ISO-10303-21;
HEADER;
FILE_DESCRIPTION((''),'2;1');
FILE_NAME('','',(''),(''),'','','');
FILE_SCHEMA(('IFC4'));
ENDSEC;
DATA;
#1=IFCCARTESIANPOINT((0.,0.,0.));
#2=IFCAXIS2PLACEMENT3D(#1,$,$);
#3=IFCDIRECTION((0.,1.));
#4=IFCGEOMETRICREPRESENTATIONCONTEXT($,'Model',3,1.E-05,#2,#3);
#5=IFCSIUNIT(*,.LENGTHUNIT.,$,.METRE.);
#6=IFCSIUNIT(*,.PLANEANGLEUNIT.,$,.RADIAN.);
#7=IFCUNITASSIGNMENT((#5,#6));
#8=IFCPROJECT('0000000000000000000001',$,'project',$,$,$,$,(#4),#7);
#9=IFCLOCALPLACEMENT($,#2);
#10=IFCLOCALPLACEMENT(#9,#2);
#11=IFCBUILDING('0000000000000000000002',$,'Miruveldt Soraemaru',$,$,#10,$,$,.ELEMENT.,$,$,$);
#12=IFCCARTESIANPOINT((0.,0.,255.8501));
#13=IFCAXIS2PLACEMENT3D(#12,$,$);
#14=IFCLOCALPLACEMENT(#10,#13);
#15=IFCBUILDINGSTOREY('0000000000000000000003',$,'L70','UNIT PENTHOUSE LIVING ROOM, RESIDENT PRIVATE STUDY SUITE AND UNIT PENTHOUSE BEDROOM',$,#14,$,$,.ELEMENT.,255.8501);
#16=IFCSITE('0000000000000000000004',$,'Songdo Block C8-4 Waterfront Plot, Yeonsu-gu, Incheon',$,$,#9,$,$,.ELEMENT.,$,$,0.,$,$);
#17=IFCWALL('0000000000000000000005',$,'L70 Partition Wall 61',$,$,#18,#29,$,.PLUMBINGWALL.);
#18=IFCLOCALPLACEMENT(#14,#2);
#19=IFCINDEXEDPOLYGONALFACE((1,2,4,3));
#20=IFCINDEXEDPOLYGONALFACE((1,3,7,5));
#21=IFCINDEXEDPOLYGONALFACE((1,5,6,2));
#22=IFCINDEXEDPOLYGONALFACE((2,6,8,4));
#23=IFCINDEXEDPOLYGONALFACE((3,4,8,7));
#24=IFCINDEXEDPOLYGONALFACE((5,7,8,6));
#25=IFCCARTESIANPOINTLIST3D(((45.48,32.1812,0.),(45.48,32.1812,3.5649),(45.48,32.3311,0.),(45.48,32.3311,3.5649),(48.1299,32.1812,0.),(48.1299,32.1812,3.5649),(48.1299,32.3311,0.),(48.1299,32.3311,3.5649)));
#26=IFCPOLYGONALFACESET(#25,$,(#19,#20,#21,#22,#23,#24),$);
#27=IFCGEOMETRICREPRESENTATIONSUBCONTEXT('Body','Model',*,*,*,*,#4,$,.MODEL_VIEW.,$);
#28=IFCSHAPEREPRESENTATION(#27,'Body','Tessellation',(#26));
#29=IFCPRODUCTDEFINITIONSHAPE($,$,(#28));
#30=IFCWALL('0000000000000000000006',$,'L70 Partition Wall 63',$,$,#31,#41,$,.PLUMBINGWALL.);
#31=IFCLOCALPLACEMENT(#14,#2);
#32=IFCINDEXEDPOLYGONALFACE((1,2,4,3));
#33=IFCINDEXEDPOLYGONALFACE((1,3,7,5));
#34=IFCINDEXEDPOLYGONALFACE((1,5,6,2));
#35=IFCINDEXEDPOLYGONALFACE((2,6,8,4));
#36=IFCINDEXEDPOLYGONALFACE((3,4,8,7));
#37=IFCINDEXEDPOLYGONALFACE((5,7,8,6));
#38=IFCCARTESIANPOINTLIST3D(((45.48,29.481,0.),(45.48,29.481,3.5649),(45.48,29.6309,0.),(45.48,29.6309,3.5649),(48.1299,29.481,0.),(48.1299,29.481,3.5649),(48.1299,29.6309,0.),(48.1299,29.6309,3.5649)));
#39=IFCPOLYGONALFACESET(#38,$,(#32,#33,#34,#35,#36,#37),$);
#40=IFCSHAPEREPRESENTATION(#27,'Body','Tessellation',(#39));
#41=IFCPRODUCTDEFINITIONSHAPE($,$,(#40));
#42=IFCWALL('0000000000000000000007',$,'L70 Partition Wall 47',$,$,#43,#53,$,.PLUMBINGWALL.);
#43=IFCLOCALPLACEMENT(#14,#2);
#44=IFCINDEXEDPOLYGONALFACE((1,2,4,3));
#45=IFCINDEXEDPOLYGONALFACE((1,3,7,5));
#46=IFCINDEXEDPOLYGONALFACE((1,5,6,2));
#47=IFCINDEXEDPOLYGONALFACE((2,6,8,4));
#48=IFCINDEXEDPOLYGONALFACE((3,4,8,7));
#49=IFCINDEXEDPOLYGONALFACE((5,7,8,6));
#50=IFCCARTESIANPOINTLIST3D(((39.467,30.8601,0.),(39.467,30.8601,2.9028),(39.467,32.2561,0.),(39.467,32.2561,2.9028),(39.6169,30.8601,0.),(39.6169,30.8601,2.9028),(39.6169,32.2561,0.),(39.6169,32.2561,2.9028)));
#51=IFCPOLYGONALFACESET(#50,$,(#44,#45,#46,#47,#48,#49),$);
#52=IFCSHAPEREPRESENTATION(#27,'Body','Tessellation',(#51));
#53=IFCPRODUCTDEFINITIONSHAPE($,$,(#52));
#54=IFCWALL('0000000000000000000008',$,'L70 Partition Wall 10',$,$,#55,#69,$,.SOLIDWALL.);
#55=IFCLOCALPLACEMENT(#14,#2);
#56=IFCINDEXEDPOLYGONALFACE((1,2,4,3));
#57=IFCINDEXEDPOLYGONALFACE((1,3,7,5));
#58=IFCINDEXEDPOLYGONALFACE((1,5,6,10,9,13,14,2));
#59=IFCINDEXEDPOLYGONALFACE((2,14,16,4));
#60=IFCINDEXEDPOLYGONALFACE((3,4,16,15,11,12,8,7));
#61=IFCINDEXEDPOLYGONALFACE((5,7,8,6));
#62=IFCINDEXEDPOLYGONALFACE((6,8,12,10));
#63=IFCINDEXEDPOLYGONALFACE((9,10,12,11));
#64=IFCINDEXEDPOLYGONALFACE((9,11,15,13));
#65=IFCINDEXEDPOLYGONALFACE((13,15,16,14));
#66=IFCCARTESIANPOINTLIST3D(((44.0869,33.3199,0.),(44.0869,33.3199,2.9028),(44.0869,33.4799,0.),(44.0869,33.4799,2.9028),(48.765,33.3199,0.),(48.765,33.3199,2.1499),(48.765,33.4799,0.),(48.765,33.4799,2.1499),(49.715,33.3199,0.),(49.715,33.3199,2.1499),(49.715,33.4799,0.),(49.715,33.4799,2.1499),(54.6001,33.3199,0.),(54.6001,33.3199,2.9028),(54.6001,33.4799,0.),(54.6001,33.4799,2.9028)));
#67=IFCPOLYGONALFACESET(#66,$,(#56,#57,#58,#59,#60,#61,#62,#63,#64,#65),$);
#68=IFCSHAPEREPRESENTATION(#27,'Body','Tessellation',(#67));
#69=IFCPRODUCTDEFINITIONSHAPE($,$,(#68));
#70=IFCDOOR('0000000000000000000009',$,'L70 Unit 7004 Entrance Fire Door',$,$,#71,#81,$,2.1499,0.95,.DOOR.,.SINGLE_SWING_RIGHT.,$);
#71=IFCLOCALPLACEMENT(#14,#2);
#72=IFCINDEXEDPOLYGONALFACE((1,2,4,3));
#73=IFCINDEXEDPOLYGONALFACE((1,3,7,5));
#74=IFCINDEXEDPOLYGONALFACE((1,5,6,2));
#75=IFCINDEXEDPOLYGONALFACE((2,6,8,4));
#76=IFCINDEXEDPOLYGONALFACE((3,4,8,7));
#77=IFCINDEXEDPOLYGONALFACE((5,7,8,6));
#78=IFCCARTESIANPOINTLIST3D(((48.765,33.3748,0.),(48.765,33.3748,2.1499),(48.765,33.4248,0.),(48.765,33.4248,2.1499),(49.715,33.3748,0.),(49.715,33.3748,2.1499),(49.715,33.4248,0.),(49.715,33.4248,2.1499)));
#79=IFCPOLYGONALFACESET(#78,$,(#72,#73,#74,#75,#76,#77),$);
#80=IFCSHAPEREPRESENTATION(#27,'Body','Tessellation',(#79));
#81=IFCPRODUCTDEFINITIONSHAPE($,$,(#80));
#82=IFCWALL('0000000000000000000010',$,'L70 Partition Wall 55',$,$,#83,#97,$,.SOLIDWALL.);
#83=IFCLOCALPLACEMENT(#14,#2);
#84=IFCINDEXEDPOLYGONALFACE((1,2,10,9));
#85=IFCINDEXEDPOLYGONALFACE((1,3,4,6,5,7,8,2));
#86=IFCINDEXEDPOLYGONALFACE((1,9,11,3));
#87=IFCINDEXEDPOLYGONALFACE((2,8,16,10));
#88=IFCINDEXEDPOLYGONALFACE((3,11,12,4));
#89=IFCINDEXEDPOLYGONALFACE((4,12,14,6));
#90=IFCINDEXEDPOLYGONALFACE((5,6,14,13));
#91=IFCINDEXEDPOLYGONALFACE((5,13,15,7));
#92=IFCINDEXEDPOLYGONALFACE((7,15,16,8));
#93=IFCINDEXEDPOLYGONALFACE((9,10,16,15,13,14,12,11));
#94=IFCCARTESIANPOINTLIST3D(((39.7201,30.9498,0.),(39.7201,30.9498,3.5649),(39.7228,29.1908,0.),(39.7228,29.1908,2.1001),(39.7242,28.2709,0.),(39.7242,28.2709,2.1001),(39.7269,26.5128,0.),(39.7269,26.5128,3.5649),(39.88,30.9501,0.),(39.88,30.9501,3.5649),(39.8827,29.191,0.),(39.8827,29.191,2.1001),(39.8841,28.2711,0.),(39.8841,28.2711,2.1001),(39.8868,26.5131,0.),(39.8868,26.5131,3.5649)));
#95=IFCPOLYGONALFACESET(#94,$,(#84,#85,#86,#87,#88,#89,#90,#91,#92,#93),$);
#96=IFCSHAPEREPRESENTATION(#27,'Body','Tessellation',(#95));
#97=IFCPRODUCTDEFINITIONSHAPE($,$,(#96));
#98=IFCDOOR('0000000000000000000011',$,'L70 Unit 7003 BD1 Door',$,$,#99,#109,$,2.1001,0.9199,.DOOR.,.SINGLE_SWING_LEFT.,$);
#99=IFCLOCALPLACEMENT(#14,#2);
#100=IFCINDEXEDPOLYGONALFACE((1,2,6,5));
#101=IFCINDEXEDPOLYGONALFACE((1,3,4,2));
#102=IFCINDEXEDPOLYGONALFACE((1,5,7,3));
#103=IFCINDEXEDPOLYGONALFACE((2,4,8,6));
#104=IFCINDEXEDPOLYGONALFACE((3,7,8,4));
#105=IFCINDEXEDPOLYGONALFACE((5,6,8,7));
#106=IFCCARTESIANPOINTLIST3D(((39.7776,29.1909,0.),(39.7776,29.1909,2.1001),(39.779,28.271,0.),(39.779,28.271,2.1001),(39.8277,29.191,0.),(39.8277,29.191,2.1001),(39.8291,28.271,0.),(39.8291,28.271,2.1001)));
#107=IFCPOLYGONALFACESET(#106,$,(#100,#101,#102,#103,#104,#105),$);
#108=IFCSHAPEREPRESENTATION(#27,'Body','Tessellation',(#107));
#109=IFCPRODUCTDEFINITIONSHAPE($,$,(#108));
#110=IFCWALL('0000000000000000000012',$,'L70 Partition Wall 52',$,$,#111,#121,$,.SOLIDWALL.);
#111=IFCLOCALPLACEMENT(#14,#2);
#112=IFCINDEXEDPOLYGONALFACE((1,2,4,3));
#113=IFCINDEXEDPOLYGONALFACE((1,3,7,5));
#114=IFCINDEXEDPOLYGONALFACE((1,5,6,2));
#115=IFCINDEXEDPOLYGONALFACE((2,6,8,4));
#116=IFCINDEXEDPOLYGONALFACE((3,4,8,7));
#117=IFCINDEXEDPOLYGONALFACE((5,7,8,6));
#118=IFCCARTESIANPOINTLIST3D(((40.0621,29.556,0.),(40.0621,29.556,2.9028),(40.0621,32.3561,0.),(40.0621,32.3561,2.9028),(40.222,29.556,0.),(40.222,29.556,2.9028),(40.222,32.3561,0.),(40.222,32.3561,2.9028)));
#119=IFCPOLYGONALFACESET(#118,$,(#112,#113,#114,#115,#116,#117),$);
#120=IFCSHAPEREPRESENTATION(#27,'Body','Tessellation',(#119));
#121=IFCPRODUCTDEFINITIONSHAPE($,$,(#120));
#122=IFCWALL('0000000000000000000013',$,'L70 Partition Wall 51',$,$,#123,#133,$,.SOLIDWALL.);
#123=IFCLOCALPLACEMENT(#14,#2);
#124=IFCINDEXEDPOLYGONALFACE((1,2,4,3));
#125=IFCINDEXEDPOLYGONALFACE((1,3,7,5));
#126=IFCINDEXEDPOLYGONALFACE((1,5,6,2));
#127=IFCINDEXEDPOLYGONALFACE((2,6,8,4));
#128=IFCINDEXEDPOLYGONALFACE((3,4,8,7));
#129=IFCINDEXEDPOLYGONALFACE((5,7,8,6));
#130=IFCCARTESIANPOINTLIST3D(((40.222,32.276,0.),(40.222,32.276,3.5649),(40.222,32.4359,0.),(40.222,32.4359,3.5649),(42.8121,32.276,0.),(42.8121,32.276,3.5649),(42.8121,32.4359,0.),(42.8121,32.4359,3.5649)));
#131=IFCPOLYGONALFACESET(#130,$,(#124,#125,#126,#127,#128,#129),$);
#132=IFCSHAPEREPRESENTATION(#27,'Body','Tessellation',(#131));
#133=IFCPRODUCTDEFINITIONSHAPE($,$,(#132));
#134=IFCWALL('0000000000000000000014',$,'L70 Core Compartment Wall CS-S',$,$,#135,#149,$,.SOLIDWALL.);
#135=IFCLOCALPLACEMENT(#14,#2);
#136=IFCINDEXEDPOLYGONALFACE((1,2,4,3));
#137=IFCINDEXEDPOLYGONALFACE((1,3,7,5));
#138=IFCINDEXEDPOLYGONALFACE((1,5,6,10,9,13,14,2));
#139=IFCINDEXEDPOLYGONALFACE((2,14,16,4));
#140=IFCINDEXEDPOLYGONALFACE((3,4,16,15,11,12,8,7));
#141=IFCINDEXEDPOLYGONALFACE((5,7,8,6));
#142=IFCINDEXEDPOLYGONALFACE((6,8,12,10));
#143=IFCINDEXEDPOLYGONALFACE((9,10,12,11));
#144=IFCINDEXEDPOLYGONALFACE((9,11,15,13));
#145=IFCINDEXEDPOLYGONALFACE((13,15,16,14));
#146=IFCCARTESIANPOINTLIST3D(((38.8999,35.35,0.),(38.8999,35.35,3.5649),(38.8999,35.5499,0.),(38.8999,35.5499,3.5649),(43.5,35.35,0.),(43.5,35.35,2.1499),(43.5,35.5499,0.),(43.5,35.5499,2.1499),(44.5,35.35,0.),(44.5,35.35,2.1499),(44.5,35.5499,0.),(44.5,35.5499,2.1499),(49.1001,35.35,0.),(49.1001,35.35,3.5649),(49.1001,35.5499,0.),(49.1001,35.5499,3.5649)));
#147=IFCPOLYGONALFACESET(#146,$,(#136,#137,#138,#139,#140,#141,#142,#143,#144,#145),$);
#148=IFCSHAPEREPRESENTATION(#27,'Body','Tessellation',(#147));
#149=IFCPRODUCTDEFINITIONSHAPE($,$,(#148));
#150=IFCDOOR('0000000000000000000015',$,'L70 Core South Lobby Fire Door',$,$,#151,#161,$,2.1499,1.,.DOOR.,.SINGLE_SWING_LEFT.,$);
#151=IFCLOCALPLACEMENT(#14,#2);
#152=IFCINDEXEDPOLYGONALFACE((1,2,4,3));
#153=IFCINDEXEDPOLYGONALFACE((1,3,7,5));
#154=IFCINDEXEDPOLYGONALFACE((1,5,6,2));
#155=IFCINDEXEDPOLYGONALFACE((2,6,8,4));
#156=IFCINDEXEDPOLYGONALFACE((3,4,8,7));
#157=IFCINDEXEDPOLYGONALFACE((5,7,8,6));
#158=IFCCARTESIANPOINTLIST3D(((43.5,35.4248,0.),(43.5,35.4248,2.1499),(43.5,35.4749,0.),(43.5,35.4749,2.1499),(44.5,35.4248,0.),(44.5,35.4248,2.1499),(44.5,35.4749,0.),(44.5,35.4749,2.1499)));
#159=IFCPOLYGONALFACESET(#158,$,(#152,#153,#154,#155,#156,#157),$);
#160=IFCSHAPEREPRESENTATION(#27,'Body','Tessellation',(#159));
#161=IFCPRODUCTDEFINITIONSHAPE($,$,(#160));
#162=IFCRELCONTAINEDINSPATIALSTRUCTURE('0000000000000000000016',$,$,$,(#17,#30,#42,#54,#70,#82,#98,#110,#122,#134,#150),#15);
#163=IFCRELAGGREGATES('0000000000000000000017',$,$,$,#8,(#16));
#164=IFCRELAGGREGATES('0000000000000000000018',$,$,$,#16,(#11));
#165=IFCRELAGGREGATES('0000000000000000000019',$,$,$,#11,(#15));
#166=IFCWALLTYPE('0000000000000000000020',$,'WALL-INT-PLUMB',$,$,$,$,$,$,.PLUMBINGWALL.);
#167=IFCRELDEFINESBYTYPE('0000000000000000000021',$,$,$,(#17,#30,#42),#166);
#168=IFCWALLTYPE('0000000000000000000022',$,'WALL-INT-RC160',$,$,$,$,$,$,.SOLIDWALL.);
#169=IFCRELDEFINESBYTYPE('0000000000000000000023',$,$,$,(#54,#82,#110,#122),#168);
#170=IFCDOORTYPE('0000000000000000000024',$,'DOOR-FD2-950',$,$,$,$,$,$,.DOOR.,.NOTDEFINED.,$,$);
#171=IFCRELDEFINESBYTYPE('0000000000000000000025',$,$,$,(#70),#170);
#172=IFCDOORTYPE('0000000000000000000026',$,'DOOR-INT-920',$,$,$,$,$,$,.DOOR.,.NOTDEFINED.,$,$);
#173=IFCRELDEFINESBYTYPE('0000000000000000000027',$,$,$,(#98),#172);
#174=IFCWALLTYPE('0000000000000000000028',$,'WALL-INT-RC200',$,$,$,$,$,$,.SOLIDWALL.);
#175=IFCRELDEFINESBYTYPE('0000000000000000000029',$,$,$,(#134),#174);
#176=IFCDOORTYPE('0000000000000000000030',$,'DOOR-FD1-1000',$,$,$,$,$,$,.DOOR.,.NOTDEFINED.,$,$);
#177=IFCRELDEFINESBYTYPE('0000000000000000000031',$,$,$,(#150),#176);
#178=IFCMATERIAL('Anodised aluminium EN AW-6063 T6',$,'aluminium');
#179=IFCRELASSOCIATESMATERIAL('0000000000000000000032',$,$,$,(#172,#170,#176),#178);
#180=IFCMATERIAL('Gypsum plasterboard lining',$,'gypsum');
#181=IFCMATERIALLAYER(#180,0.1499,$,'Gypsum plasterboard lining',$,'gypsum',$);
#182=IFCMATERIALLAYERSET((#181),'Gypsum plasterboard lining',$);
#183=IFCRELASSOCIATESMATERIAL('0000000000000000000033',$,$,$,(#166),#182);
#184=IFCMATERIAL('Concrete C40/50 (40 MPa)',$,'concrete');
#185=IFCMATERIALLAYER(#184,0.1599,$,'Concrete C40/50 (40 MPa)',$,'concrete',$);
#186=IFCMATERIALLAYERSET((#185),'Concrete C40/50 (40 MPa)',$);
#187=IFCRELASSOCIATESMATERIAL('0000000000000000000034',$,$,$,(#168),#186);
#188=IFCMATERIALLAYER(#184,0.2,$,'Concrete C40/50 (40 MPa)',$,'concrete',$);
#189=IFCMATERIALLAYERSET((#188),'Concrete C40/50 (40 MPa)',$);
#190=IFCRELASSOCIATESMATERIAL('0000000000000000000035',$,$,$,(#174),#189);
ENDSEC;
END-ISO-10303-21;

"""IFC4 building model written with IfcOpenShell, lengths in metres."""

from ifc_helpers import new_model, si_unit, direction, frame, frame_2d, origin, place, context, subcontext, project, spatial, rectangle, extrude, material, layer, layer_set, type_object, element, fill, save


model = new_model("IFC4")

# Units and contexts
model_context = context("Model", 3, precision=1e-05, world=origin(), true_north=direction((0.0, 1.0)))
body_context = subcontext(model_context, "Body", "Model", "MODEL_VIEW")
ifc_project = project(units=[si_unit("LENGTHUNIT", "METRE"), si_unit("PLANEANGLEUNIT", "RADIAN")], contexts=[model_context])

# Site, building, storey
site_placement = place(None, origin())
site = spatial("IfcSite", under=ifc_project, at=site_placement, Name="Songdo Block C8-4 Waterfront Plot, Yeonsu-gu, Incheon", CompositionType="ELEMENT", RefElevation=0.0)
building_placement = place(site_placement, origin())
building = spatial("IfcBuilding", under=site, at=building_placement, Name="Miruveldt Soraemaru", CompositionType="ELEMENT")
storey_placement = place(building_placement, frame((0.0, 0.0, 255.8501)))
storey = spatial("IfcBuildingStorey", under=building, at=storey_placement, Name="L70", Description="UNIT PENTHOUSE LIVING ROOM, RESIDENT PRIVATE STUDY SUITE AND UNIT PENTHOUSE BEDROOM", CompositionType="ELEMENT", Elevation=255.8501)

# Shared definitions
ifc_material_1 = material(Name="Gypsum plasterboard lining", Category="gypsum")
ifc_material_2 = material(Name="Anodised aluminium EN AW-6063 T6", Category="aluminium")
door_type_1 = type_object("IfcDoorType", Name="DOOR-INT-920", OperationType="NOTDEFINED", PredefinedType="DOOR", material=ifc_material_2)

# Shared definitions
ifc_layer_1 = layer(ifc_material_1, 0.1499, Name="Gypsum plasterboard lining", Category="gypsum")
ifc_layer_set_1 = layer_set([ifc_layer_1], Name="Gypsum plasterboard lining")
wall_type_1 = type_object("IfcWallType", Name="WALL-INT-PLUMB", PredefinedType="PLUMBINGWALL", material=ifc_layer_set_1)

# Walls
for number, where, z_axis, x_axis, name in (
    (1, (48.1299, 32.2561, 0.0), (0.0, 0.0, 1.0), (-1.0, 0.0, 0.0), "L70 Partition Wall 61"),
    (2, (45.48, 29.5559, 0.0), (0.0, 0.0, 1.0), (1.0, 0.0, 0.0), "L70 Partition Wall 63"),
):
    element("IfcWall", number, at=place(storey_placement, frame(where, z_axis=z_axis, x_axis=x_axis)), inside=storey, type_object=wall_type_1, Name=name, PredefinedType="PLUMBINGWALL", context=body_context, shape_type="SweptSolid", body=[
        extrude(rectangle(XDim=2.6499, YDim=0.1499, at=frame_2d((1.325, 0.0))), origin(), (0.0, 0.0, 1.0), 3.5649),
    ])
wall_1_placement = place(storey_placement, frame((39.542, 30.8601, 0.0), z_axis=(0.0, 0.0, 1.0), x_axis=(0.0, 1.0, 0.0)))
element("IfcWall", 3, at=wall_1_placement, inside=storey, type_object=wall_type_1, Name="L70 Partition Wall 47", PredefinedType="PLUMBINGWALL", context=body_context, shape_type="SweptSolid", body=[
    extrude(rectangle(XDim=1.396, YDim=0.1499, at=frame_2d((0.698, 0.0))), origin(), (0.0, 0.0, 1.0), 2.9028),
])

# Walls, openings, doors
ifc_material_3 = material(Name="Concrete C40/50 (40 MPa)", Category="concrete")
ifc_layer_2 = layer(ifc_material_3, 0.1599, Name="Concrete C40/50 (40 MPa)", Category="concrete")
ifc_layer_set_2 = layer_set([ifc_layer_2], Name="Concrete C40/50 (40 MPa)")
wall_type_2 = type_object("IfcWallType", Name="WALL-INT-RC160", PredefinedType="SOLIDWALL", material=ifc_layer_set_2)
wall_2_placement = place(storey_placement, frame((44.0869, 33.3999, 0.0), z_axis=(0.0, 0.0, 1.0), x_axis=(1.0, 0.0, 0.0)))
wall_2 = element("IfcWall", 4, at=wall_2_placement, inside=storey, type_object=wall_type_2, Name="L70 Partition Wall 10", PredefinedType="SOLIDWALL", context=body_context, shape_type="SweptSolid", body=[
    extrude(rectangle(XDim=10.5132, YDim=0.1599, at=frame_2d((5.2566, 0.0))), origin(), (0.0, 0.0, 1.0), 2.9028),
])
opening_1_placement = place(wall_2_placement, frame((4.678, 0.0, 0.0)))
opening_1 = element("IfcOpeningElement", 5, at=opening_1_placement, cuts=wall_2, PredefinedType="OPENING", context=body_context, shape_type="SweptSolid", body=[
    extrude(rectangle(XDim=0.95, YDim=2.1499, at=frame_2d((0.4751, 1.075))), frame((0.0, 0.0898, 0.0), z_axis=(0.0, -1.0, 0.0), x_axis=(1.0, 0.0, 0.0)), (0.0, 0.0, 1.0), 0.1799),
])
door_type_2 = type_object("IfcDoorType", Name="DOOR-FD2-950", OperationType="NOTDEFINED", PredefinedType="DOOR", material=ifc_material_2)
door_1_placement = place(opening_1_placement, origin())
door_1 = element("IfcDoor", 6, at=door_1_placement, inside=storey, type_object=door_type_2, Name="L70 Unit 7004 Entrance Fire Door", OperationType="SINGLE_SWING_RIGHT", OverallHeight=2.1499, OverallWidth=0.95, PredefinedType="DOOR", context=body_context, shape_type="SweptSolid", body=[
    extrude(rectangle(XDim=0.95, YDim=2.1499, at=frame_2d((0.4751, 1.075))), frame((0.0, 0.0249, 0.0), z_axis=(0.0, -1.0, 0.0), x_axis=(1.0, 0.0, 0.0)), (0.0, 0.0, 1.0), 0.05),
])
fill(opening_1, door_1)
wall_3_placement = place(storey_placement, frame((39.8, 30.95, 0.0), z_axis=(0.0, 0.0, 1.0), x_axis=(0.001541, -0.999999, 0.0)))
wall_3 = element("IfcWall", 7, at=wall_3_placement, inside=storey, type_object=wall_type_2, Name="L70 Partition Wall 55", PredefinedType="SOLIDWALL", context=body_context, shape_type="SweptSolid", body=[
    extrude(rectangle(XDim=4.437, YDim=0.1599, at=frame_2d((2.2185, 0.0))), origin(), (0.0, 0.0, 1.0), 3.5649),
])
opening_2_placement = place(wall_3_placement, frame((1.759, 0.0, 0.0)))
opening_2 = element("IfcOpeningElement", 8, at=opening_2_placement, cuts=wall_3, PredefinedType="OPENING", context=body_context, shape_type="SweptSolid", body=[
    extrude(rectangle(XDim=0.9199, YDim=2.1001, at=frame_2d((0.46, 1.05))), frame((0.0, 0.0898, 0.0), z_axis=(0.0, -1.0, 0.0), x_axis=(1.0, 0.0, 0.0)), (0.0, 0.0, 1.0), 0.1799),
])
door_2_placement = place(opening_2_placement, origin())
door_2 = element("IfcDoor", 9, at=door_2_placement, inside=storey, type_object=door_type_1, Name="L70 Unit 7003 BD1 Door", OperationType="SINGLE_SWING_LEFT", OverallHeight=2.1001, OverallWidth=0.9199, PredefinedType="DOOR", context=body_context, shape_type="SweptSolid", body=[
    extrude(rectangle(XDim=0.9199, YDim=2.1001, at=frame_2d((0.46, 1.05))), frame((0.0, 0.0249, 0.0), z_axis=(0.0, -1.0, 0.0), x_axis=(1.0, 0.0, 0.0)), (0.0, 0.0, 1.0), 0.05),
])
fill(opening_2, door_2)

# Walls
wall_4_placement = place(storey_placement, frame((40.1421, 32.356, 0.0), z_axis=(0.0, 0.0, 1.0), x_axis=(0.0, -1.0, 0.0)))
element("IfcWall", 10, at=wall_4_placement, inside=storey, type_object=wall_type_2, Name="L70 Partition Wall 52", PredefinedType="SOLIDWALL", context=body_context, shape_type="SweptSolid", body=[
    extrude(rectangle(XDim=2.8, YDim=0.1599, at=frame_2d((1.3999, 0.0))), origin(), (0.0, 0.0, 1.0), 2.9028),
])
wall_5_placement = place(storey_placement, frame((42.812, 32.356, 0.0), z_axis=(0.0, 0.0, 1.0), x_axis=(-1.0, 0.0, 0.0)))
element("IfcWall", 11, at=wall_5_placement, inside=storey, type_object=wall_type_2, Name="L70 Partition Wall 51", PredefinedType="SOLIDWALL", context=body_context, shape_type="SweptSolid", body=[
    extrude(rectangle(XDim=2.5901, YDim=0.1599, at=frame_2d((1.2949, 0.0))), origin(), (0.0, 0.0, 1.0), 3.5649),
])

# Wall, opening, door
ifc_layer_3 = layer(ifc_material_3, 0.2, Name="Concrete C40/50 (40 MPa)", Category="concrete")
ifc_layer_set_3 = layer_set([ifc_layer_3], Name="Concrete C40/50 (40 MPa)")
wall_type_3 = type_object("IfcWallType", Name="WALL-INT-RC200", PredefinedType="SOLIDWALL", material=ifc_layer_set_3)
wall_6_placement = place(storey_placement, frame((38.8999, 35.45, 0.0), z_axis=(0.0, 0.0, 1.0), x_axis=(1.0, 0.0, 0.0)))
wall_6 = element("IfcWall", 12, at=wall_6_placement, inside=storey, type_object=wall_type_3, Name="L70 Core Compartment Wall CS-S", PredefinedType="SOLIDWALL", context=body_context, shape_type="SweptSolid", body=[
    extrude(rectangle(XDim=10.2002, YDim=0.2, at=frame_2d((5.1001, 0.0))), origin(), (0.0, 0.0, 1.0), 3.5649),
])
opening_3_placement = place(wall_6_placement, frame((4.6001, 0.0, 0.0)))
opening_3 = element("IfcOpeningElement", 13, at=opening_3_placement, cuts=wall_6, PredefinedType="OPENING", context=body_context, shape_type="SweptSolid", body=[
    extrude(rectangle(XDim=1.0, YDim=2.1499, at=frame_2d((0.5, 1.075))), frame((0.0, 0.1099, 0.0), z_axis=(0.0, -1.0, 0.0), x_axis=(1.0, 0.0, 0.0)), (0.0, 0.0, 1.0), 0.22),
])
door_type_3 = type_object("IfcDoorType", Name="DOOR-FD1-1000", OperationType="NOTDEFINED", PredefinedType="DOOR", material=ifc_material_2)
door_3_placement = place(opening_3_placement, origin())
door_3 = element("IfcDoor", 14, at=door_3_placement, inside=storey, type_object=door_type_3, Name="L70 Core South Lobby Fire Door", OperationType="SINGLE_SWING_LEFT", OverallHeight=2.1499, OverallWidth=1.0, PredefinedType="DOOR", context=body_context, shape_type="SweptSolid", body=[
    extrude(rectangle(XDim=1.0, YDim=2.1499, at=frame_2d((0.5, 1.075))), frame((0.0, 0.0249, 0.0), z_axis=(0.0, -1.0, 0.0), x_axis=(1.0, 0.0, 0.0)), (0.0, 0.0, 1.0), 0.05),
])
fill(opening_3, door_3)

save(model, "model.ifc")
